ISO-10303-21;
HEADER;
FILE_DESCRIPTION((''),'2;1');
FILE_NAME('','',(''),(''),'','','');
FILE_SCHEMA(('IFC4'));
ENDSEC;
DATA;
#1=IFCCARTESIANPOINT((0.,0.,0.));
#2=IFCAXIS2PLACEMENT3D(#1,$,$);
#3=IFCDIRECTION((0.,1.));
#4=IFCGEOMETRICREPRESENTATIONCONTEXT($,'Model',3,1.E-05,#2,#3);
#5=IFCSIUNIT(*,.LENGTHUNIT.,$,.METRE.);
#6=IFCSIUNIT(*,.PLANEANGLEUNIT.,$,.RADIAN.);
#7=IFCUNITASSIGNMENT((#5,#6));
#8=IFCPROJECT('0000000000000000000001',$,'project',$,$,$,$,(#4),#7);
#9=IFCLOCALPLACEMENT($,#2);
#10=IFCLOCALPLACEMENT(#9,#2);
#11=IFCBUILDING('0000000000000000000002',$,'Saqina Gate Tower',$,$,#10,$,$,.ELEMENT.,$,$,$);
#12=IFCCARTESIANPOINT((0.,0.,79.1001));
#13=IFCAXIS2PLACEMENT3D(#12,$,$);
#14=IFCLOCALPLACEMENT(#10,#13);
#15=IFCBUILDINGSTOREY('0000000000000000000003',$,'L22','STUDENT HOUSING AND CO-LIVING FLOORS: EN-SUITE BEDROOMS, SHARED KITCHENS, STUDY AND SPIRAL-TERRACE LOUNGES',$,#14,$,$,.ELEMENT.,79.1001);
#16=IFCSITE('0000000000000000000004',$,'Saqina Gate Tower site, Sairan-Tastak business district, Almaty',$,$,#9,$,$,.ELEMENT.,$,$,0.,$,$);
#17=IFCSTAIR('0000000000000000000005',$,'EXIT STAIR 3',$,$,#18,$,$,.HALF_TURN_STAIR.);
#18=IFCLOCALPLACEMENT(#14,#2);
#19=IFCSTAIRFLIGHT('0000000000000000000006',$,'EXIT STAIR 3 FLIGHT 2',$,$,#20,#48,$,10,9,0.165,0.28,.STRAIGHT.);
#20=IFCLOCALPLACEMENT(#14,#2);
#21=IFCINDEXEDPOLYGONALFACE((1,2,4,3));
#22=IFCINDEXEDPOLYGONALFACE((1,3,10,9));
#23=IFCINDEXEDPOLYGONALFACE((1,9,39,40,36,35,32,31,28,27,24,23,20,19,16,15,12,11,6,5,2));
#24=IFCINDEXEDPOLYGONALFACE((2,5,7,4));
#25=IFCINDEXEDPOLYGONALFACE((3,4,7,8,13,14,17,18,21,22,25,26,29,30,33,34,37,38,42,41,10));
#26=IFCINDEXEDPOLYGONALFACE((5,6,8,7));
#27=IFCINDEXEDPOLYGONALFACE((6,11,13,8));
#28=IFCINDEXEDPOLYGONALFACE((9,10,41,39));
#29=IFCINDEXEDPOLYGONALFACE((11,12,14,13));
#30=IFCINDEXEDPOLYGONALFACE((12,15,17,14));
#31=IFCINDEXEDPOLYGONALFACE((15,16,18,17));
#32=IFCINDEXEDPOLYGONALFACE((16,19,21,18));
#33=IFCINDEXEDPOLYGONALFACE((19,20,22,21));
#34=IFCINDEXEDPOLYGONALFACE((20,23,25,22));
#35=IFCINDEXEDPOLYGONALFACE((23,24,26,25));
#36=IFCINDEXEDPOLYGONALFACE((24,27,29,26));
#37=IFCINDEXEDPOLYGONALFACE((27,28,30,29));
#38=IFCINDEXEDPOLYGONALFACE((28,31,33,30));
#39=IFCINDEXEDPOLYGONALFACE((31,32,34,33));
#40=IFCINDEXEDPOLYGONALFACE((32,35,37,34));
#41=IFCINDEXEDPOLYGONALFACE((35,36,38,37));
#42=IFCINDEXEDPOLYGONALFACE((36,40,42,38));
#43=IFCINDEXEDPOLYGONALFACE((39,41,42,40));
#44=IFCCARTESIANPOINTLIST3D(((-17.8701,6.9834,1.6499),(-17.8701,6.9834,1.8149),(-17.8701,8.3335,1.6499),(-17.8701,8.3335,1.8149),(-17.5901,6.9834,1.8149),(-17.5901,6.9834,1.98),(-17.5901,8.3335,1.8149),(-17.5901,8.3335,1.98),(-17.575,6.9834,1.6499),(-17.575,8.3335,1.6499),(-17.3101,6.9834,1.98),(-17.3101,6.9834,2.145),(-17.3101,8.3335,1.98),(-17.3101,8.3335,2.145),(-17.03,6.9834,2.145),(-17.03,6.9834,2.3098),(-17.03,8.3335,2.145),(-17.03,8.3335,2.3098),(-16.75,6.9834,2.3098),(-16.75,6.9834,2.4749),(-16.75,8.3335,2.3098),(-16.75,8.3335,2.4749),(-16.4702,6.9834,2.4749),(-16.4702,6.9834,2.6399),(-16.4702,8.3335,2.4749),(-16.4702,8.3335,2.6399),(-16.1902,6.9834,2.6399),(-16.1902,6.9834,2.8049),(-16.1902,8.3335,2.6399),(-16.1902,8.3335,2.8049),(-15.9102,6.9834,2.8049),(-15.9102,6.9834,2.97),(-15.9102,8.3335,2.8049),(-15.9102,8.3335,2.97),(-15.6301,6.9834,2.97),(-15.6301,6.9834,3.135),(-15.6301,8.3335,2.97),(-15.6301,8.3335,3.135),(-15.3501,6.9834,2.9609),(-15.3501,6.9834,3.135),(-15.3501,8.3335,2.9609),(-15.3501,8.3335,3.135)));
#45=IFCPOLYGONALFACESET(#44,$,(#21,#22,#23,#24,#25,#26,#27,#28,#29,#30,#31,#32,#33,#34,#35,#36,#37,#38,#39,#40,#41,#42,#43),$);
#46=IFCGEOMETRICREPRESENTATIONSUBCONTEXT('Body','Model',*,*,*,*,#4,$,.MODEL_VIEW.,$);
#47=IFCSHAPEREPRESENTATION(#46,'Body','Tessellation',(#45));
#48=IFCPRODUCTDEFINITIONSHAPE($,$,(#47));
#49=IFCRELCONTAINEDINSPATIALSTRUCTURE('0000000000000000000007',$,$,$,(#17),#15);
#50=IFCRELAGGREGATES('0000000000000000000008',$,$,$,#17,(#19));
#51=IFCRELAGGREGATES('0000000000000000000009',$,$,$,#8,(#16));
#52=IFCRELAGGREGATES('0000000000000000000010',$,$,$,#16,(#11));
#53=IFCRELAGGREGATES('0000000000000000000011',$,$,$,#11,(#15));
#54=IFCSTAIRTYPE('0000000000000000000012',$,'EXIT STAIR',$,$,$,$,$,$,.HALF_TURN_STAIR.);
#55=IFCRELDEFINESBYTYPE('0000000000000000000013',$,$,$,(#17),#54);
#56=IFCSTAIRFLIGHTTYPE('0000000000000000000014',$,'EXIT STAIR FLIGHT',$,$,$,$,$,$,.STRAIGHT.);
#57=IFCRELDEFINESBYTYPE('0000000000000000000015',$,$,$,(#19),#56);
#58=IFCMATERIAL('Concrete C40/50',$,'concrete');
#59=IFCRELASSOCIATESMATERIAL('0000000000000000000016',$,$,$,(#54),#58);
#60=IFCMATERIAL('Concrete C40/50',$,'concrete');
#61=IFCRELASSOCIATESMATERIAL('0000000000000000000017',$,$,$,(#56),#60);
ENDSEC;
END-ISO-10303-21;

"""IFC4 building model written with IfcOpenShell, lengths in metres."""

from ifc_helpers import new_model, si_unit, direction, frame, origin, place, context, subcontext, project, spatial, polyline, outline, extrude, material, type_object, element, aggregate, save


model = new_model("IFC4")

# Units and contexts
model_context = context("Model", 3, precision=1e-05, world=origin(), true_north=direction((0.0, 1.0)))
body_context = subcontext(model_context, "Body", "Model", "MODEL_VIEW")
ifc_project = project(units=[si_unit("LENGTHUNIT", "METRE"), si_unit("PLANEANGLEUNIT", "RADIAN")], contexts=[model_context])

# Site, building, storey
site_placement = place(None, origin())
site = spatial("IfcSite", under=ifc_project, at=site_placement, Name="Saqina Gate Tower site, Sairan-Tastak business district, Almaty", CompositionType="ELEMENT", RefElevation=0.0)
building_placement = place(site_placement, origin())
building = spatial("IfcBuilding", under=site, at=building_placement, Name="Saqina Gate Tower", CompositionType="ELEMENT")
storey_placement = place(building_placement, frame((0.0, 0.0, 79.1001)))
storey = spatial("IfcBuildingStorey", under=building, at=storey_placement, Name="L22", Description="STUDENT HOUSING AND CO-LIVING FLOORS: EN-SUITE BEDROOMS, SHARED KITCHENS, STUDY AND SPIRAL-TERRACE LOUNGES", CompositionType="ELEMENT", Elevation=79.1001)

# Stair, stair flight
ifc_material_1 = material(Name="Concrete C40/50", Category="concrete")
stair_type = type_object("IfcStairType", Name="EXIT STAIR", PredefinedType="HALF_TURN_STAIR", material=ifc_material_1)
stair_placement = place(storey_placement, origin())
stair = element("IfcStair", 1, at=stair_placement, inside=storey, type_object=stair_type, Name="EXIT STAIR 3", PredefinedType="HALF_TURN_STAIR")
ifc_material_2 = material(Name="Concrete C40/50", Category="concrete")
stair_flight_type = type_object("IfcStairFlightType", Name="EXIT STAIR FLIGHT", PredefinedType="STRAIGHT", material=ifc_material_2)
stair_flight_placement = place(storey_placement, frame((-17.8701, 7.6584, 1.6499), z_axis=(0.0, 0.0, 1.0), x_axis=(1.0, 0.0, 0.0)))
stair_flight = element("IfcStairFlight", 2, at=stair_flight_placement, type_object=stair_flight_type, Name="EXIT STAIR 3 FLIGHT 2", NumberOfRisers=10, NumberOfTreads=9, PredefinedType="STRAIGHT", RiserHeight=0.165, TreadLength=0.28, context=body_context, shape_type="SweptSolid", body=[
    extrude(outline(polyline([(0.0, 0.0), (0.0, 0.165), (0.28, 0.165), (0.28, 0.3301), (0.5601, 0.3301), (0.5601, 0.4951), (0.8401, 0.4951), (0.8401, 0.6599), (1.1201, 0.6599), (1.1201, 0.825), (1.3999, 0.825), (1.3999, 0.99), (1.6799, 0.99), (1.6799, 1.155), (1.96, 1.155), (1.96, 1.3201), (2.24, 1.3201), (2.24, 1.4851), (2.52, 1.4851), (2.52, 1.6499), (2.52, 1.311), (0.2952, 0.0), (0.0, 0.0)])), frame((0.0, 0.675, 0.0), z_axis=(0.0, -1.0, 0.0), x_axis=(1.0, 0.0, 0.0)), (0.0, 0.0, 1.0), 1.3501),
])
aggregate(stair, [stair_flight])

save(model, "model.ifc")
